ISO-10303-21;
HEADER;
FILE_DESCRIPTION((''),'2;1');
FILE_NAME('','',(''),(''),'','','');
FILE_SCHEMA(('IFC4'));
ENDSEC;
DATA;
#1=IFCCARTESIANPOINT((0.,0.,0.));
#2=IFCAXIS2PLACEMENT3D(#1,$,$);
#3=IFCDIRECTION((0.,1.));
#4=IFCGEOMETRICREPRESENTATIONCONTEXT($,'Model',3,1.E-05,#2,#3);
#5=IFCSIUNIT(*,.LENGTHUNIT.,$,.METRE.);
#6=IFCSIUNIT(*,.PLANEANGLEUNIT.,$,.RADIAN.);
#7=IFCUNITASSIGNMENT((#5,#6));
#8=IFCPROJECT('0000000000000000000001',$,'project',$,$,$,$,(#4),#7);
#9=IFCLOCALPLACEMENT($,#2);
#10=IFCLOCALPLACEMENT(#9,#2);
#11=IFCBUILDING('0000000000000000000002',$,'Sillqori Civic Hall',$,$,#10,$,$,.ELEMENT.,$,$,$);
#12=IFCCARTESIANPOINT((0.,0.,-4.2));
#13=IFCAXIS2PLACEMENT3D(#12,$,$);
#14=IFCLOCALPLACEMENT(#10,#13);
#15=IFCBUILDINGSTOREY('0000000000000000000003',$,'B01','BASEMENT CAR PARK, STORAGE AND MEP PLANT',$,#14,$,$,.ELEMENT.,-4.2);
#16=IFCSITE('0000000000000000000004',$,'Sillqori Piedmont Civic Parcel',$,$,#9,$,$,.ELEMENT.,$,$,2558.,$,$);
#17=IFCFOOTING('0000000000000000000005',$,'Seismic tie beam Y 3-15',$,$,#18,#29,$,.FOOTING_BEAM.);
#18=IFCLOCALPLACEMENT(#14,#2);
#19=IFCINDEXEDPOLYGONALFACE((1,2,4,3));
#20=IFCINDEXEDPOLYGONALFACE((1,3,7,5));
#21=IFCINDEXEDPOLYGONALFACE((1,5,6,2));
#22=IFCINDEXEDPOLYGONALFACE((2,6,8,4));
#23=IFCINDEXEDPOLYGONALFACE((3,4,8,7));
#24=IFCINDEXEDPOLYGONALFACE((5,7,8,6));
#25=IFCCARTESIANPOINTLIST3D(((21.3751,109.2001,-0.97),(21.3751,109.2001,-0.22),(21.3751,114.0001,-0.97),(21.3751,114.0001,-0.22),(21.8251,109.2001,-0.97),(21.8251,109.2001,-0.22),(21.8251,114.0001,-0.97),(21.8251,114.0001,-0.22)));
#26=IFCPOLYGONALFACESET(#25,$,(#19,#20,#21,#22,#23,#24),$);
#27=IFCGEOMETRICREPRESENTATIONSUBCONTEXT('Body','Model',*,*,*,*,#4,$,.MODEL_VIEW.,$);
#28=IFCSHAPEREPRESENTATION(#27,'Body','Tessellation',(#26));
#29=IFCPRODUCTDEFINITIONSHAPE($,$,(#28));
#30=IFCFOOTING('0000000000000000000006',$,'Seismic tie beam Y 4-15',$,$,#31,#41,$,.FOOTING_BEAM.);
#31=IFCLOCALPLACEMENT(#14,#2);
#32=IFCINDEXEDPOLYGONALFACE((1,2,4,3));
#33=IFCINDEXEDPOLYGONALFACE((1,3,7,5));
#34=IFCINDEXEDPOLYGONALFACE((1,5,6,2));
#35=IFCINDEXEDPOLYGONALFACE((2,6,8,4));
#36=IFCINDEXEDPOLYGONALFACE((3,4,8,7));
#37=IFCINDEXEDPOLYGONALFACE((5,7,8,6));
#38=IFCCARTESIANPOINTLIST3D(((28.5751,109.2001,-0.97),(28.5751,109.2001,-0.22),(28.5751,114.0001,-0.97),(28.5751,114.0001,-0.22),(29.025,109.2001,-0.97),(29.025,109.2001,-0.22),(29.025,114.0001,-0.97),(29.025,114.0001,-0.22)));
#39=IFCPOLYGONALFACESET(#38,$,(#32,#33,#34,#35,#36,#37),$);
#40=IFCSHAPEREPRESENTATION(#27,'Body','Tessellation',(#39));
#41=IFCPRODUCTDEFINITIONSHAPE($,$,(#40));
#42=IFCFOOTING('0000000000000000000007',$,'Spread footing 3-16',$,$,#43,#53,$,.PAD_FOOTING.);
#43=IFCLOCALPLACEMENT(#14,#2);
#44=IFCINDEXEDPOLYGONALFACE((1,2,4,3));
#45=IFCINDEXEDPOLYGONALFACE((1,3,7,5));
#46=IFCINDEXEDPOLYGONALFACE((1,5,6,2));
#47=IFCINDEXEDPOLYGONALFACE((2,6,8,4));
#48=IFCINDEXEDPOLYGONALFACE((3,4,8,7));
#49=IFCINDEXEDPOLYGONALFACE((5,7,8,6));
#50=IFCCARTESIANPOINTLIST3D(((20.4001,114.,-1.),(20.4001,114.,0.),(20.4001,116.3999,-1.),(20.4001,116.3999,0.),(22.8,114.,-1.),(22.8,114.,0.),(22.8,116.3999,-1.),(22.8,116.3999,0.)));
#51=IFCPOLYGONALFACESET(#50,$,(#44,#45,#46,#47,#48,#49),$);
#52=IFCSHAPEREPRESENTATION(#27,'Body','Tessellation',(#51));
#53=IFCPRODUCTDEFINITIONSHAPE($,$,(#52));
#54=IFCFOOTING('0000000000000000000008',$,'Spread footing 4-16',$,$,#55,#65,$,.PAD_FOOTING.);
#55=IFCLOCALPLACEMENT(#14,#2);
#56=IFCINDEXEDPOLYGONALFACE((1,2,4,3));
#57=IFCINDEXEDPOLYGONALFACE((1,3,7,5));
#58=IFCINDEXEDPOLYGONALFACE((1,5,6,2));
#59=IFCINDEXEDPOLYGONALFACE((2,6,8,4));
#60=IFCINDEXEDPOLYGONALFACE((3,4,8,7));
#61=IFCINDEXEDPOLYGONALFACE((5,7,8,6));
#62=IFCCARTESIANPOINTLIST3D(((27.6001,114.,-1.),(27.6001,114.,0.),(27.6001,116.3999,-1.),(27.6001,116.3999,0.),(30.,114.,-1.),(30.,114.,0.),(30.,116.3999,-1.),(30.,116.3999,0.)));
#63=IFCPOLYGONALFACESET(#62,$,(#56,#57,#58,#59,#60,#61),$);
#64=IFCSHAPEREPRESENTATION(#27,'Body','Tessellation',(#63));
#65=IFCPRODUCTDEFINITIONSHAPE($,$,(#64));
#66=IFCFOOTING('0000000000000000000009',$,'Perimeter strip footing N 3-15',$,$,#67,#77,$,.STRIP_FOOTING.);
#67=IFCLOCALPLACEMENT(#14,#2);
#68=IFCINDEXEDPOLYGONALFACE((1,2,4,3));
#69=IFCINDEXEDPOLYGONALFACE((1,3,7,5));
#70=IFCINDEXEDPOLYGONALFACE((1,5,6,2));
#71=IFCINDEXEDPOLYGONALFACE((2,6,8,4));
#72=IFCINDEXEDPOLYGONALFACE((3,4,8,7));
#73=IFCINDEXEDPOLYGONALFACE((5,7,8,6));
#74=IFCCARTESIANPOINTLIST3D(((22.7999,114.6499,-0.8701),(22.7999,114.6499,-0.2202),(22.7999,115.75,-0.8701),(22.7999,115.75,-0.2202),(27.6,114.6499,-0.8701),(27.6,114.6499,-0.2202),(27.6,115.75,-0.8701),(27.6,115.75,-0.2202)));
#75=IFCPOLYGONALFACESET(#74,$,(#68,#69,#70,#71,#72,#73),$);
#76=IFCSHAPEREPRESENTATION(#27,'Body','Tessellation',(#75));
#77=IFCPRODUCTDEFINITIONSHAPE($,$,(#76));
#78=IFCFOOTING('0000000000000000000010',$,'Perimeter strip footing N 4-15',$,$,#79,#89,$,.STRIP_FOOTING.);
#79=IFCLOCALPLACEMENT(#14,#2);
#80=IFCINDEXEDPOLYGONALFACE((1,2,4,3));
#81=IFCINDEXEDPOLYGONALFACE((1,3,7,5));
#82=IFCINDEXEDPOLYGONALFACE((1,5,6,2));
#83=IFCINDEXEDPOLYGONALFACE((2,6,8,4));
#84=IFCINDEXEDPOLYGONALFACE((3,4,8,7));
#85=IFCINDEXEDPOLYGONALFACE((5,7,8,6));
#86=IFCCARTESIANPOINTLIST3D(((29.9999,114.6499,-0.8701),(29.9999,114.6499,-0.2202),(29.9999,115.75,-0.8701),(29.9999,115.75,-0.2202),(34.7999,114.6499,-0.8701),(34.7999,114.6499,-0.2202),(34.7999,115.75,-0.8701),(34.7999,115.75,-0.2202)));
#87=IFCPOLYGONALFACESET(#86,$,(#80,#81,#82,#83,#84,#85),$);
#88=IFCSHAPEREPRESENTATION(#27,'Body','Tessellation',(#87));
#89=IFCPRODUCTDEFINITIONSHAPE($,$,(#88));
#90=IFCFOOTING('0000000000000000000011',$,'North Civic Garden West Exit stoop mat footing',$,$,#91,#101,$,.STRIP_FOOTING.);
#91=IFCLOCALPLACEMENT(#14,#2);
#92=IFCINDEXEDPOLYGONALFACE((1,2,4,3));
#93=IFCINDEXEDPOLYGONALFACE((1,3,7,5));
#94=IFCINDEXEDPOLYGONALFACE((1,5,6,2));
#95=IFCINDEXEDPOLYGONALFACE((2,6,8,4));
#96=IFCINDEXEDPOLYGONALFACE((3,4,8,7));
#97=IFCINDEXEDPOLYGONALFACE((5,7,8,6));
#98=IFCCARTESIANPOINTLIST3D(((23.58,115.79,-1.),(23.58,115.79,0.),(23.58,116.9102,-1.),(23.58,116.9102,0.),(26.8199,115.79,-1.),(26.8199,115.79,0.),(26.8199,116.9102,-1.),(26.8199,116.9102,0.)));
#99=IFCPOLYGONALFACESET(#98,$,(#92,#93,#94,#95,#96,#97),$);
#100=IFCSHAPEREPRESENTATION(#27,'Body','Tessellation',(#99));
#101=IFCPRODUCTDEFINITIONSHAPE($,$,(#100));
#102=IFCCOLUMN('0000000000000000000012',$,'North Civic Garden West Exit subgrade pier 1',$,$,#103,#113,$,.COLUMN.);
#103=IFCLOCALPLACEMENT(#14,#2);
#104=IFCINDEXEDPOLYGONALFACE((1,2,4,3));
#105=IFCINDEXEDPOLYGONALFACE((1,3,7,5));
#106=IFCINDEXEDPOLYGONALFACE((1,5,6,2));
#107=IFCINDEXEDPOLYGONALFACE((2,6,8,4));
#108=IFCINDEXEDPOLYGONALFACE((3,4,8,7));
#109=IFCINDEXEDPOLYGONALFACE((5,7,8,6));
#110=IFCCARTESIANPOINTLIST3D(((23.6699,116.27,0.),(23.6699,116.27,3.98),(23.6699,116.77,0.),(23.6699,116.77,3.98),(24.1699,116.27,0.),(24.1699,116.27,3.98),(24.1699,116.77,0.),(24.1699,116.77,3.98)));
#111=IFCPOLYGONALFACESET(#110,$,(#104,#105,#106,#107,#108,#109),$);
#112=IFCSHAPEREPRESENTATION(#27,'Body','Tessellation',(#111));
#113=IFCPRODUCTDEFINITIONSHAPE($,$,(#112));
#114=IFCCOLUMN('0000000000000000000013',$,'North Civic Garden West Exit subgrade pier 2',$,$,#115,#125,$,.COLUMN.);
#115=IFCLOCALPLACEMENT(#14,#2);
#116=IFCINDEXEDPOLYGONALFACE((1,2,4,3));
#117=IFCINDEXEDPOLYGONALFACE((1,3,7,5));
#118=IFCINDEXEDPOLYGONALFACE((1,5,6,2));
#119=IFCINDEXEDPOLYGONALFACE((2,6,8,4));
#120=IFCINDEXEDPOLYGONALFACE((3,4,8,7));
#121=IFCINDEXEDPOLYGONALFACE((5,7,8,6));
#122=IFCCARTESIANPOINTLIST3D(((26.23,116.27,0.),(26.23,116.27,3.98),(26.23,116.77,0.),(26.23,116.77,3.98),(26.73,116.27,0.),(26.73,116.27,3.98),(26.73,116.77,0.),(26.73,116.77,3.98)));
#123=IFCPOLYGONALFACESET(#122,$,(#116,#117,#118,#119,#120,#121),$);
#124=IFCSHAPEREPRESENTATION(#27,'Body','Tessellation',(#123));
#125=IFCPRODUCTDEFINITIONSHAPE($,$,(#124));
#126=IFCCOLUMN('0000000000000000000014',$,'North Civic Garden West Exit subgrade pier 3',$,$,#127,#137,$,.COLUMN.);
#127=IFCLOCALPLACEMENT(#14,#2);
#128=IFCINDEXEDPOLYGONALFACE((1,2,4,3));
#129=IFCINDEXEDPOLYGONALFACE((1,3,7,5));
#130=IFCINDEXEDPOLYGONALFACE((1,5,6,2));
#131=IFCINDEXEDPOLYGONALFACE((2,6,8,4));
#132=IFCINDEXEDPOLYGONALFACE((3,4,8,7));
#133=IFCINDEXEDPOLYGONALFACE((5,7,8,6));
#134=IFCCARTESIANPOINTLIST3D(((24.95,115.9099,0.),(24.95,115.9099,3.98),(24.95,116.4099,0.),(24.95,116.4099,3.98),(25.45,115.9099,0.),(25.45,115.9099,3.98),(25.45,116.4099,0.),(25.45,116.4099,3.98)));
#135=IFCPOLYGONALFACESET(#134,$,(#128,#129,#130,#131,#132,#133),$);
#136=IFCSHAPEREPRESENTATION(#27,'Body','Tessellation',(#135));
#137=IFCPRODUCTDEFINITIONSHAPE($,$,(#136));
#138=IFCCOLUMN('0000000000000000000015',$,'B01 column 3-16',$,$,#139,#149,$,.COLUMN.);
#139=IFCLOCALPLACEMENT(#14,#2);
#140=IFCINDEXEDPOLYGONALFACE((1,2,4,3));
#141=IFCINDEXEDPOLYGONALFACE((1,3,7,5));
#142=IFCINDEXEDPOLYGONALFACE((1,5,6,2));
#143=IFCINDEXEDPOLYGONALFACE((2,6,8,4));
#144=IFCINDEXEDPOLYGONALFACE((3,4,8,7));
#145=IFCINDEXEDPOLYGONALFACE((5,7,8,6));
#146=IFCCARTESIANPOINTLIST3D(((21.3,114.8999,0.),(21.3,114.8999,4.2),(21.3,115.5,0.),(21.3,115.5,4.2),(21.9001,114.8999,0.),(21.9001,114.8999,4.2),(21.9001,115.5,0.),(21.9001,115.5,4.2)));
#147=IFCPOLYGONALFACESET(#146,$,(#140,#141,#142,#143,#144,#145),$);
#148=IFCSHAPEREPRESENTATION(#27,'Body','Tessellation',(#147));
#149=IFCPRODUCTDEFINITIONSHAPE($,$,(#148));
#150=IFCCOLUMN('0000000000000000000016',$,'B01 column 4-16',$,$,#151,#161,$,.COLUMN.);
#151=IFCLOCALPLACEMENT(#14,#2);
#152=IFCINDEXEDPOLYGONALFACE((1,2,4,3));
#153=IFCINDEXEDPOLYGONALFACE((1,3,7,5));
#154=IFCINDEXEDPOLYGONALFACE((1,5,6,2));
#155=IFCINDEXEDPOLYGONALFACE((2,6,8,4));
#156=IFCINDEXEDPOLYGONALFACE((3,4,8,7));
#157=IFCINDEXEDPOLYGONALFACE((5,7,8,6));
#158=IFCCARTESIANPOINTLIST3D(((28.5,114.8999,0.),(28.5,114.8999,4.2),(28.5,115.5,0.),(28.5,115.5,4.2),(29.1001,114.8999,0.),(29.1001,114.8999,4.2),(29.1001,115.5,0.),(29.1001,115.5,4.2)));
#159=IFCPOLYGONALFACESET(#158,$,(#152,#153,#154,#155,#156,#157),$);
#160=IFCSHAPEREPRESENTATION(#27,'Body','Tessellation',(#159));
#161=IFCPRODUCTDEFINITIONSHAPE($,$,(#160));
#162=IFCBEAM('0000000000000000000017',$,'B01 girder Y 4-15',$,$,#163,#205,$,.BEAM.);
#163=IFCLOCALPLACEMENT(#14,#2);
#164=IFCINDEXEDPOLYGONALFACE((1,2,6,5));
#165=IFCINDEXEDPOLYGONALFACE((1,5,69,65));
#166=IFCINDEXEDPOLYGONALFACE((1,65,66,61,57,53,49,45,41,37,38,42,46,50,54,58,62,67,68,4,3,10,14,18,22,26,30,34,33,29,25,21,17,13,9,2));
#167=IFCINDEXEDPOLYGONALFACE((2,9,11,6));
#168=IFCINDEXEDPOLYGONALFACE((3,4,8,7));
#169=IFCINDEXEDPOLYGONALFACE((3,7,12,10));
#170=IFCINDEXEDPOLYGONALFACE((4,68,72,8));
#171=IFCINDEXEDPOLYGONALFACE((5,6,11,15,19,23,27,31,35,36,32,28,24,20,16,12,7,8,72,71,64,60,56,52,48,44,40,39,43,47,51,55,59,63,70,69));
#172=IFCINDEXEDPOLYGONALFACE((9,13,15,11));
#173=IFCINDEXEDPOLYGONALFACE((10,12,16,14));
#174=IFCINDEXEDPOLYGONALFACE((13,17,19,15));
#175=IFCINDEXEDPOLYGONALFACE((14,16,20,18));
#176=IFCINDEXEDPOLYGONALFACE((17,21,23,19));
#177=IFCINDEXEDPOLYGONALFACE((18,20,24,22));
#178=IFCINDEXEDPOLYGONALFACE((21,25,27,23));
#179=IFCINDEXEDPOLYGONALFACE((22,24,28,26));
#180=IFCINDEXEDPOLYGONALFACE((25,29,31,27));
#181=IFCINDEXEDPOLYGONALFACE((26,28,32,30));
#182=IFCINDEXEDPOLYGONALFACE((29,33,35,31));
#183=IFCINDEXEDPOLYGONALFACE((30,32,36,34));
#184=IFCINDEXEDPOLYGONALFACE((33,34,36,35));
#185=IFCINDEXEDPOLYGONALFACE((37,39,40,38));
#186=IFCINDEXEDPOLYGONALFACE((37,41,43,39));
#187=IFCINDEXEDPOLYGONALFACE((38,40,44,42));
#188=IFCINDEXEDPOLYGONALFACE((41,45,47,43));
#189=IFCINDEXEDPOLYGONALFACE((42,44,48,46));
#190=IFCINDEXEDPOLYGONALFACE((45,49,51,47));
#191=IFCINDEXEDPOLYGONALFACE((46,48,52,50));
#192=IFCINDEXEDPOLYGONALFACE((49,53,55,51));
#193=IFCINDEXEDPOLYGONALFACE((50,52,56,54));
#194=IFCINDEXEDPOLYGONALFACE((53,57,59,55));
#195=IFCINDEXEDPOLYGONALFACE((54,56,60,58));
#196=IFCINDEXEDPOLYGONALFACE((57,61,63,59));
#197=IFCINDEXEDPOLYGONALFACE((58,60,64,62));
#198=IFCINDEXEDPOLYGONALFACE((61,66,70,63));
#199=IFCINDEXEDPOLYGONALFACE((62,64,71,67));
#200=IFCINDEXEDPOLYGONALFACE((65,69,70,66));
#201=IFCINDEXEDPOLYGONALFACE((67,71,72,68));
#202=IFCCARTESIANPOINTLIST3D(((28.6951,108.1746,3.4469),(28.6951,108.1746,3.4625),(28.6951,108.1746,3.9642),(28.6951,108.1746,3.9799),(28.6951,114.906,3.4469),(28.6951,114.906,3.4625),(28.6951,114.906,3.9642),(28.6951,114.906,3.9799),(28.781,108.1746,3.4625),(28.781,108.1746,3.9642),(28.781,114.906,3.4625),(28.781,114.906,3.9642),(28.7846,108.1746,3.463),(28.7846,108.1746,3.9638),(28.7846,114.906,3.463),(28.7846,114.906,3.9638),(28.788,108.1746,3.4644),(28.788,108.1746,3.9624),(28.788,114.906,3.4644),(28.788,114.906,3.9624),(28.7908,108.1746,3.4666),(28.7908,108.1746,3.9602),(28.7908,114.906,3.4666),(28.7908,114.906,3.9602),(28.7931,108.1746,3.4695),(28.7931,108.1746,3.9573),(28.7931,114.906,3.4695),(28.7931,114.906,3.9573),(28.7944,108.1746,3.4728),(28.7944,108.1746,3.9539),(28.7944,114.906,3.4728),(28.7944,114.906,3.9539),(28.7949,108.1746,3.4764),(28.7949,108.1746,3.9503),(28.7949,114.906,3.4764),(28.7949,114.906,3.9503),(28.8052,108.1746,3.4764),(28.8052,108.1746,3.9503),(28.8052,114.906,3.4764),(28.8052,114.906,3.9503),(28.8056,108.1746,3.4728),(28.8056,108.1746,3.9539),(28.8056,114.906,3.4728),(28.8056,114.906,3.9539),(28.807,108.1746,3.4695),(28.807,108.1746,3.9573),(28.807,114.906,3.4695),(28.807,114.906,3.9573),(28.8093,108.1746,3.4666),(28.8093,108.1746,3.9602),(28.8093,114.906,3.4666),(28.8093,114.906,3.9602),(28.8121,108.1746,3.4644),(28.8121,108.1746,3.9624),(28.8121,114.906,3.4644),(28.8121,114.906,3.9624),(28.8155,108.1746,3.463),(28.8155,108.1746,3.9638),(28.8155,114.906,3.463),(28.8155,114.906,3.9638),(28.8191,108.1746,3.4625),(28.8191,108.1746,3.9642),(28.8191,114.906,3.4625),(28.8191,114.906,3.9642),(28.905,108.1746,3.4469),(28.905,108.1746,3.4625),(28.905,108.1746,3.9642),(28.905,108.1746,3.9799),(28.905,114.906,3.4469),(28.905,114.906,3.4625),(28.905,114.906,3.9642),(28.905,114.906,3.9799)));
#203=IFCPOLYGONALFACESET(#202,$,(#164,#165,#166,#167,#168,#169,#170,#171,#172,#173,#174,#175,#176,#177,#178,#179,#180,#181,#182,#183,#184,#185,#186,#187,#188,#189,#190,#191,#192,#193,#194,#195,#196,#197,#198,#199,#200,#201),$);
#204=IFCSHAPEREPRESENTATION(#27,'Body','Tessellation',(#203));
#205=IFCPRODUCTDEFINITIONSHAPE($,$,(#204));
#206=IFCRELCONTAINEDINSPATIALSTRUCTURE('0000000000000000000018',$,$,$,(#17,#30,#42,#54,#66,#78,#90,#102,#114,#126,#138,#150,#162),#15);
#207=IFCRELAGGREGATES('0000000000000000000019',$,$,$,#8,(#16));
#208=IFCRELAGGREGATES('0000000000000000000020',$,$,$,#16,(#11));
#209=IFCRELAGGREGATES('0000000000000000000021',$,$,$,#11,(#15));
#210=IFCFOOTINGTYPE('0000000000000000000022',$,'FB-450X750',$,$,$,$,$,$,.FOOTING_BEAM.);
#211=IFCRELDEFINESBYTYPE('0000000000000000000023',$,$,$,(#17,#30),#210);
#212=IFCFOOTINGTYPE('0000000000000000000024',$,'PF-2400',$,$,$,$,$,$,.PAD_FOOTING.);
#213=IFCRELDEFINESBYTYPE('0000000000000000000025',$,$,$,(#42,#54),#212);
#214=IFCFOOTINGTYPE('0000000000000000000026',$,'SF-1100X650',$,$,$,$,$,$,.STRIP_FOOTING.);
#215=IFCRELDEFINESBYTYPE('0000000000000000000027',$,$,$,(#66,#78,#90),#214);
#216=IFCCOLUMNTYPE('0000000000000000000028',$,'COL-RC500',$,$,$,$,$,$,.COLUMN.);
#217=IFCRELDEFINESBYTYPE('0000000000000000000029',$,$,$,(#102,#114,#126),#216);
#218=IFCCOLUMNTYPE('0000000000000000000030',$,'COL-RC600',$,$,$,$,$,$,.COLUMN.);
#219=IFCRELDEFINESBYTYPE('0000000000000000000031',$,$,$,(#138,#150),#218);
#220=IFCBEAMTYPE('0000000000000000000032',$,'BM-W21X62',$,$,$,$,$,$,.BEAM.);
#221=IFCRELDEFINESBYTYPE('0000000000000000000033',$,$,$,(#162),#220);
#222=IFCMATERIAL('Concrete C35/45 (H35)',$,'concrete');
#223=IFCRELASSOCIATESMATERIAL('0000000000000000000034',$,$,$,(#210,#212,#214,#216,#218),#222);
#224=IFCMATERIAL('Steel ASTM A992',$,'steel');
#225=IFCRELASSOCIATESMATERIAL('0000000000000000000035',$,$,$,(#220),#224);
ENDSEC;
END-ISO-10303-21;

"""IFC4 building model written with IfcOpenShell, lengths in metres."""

from ifc_helpers import new_model, si_unit, direction, frame, origin, origin_2d, place, context, subcontext, project, spatial, rectangle, i_section, extrude, material, material_profile, profile_set, type_object, element, save


model = new_model("IFC4")

# Units and contexts
model_context = context("Model", 3, precision=1e-05, world=origin(), true_north=direction((0.0, 1.0)))
body_context = subcontext(model_context, "Body", "Model", "MODEL_VIEW")
ifc_project = project(units=[si_unit("LENGTHUNIT", "METRE"), si_unit("PLANEANGLEUNIT", "RADIAN")], contexts=[model_context])

# Site, building, storey
site_placement = place(None, origin())
site = spatial("IfcSite", under=ifc_project, at=site_placement, Name="Sillqori Piedmont Civic Parcel", CompositionType="ELEMENT", RefElevation=2558.0)
building_placement = place(site_placement, origin())
building = spatial("IfcBuilding", under=site, at=building_placement, Name="Sillqori Civic Hall", CompositionType="ELEMENT")
storey_placement = place(building_placement, frame((0.0, 0.0, -4.2)))
storey = spatial("IfcBuildingStorey", under=building, at=storey_placement, Name="B01", Description="BASEMENT CAR PARK, STORAGE AND MEP PLANT", CompositionType="ELEMENT", Elevation=-4.2)

# Footings
ifc_material_1 = material(Name="Concrete C35/45 (H35)", Category="concrete")
footing_type_1 = type_object("IfcFootingType", Name="FB-450X750", PredefinedType="FOOTING_BEAM", material=ifc_material_1)
for number, where, z_axis, x_axis, name in (
    (1, (21.6001, 111.6001, -0.97), (0.0, 0.0, 1.0), (1.0, 0.0, 0.0), "Seismic tie beam Y 3-15"),
    (2, (28.8, 111.6001, -0.97), (0.0, 0.0, 1.0), (1.0, 0.0, 0.0), "Seismic tie beam Y 4-15"),
):
    element("IfcFooting", number, at=place(storey_placement, frame(where, z_axis=z_axis, x_axis=x_axis)), inside=storey, type_object=footing_type_1, Name=name, PredefinedType="FOOTING_BEAM", context=body_context, shape_type="SweptSolid", body=[
        extrude(rectangle(XDim=0.45, YDim=4.8, at=origin_2d()), origin(), (0.0, 0.0, 1.0), 0.75),
    ])
footing_type_2 = type_object("IfcFootingType", Name="PF-2400", PredefinedType="PAD_FOOTING", material=ifc_material_1)
for number, where, z_axis, x_axis, name in (
    (3, (21.6001, 115.2, -1.0), (0.0, 0.0, 1.0), (1.0, 0.0, 0.0), "Spread footing 3-16"),
    (4, (28.8, 115.2, -1.0), (0.0, 0.0, 1.0), (1.0, 0.0, 0.0), "Spread footing 4-16"),
):
    element("IfcFooting", number, at=place(storey_placement, frame(where, z_axis=z_axis, x_axis=x_axis)), inside=storey, type_object=footing_type_2, Name=name, PredefinedType="PAD_FOOTING", context=body_context, shape_type="SweptSolid", body=[
        extrude(rectangle(XDim=2.3999, YDim=2.3999, at=origin_2d()), origin(), (0.0, 0.0, 1.0), 1.0),
    ])
footing_type_3 = type_object("IfcFootingType", Name="SF-1100X650", PredefinedType="STRIP_FOOTING", material=ifc_material_1)
for number, where, z_axis, x_axis, name in (
    (5, (25.2, 115.2, -0.8701), (0.0, 0.0, 1.0), (1.0, 0.0, 0.0), "Perimeter strip footing N 3-15"),
    (6, (32.3999, 115.2, -0.8701), (0.0, 0.0, 1.0), (1.0, 0.0, 0.0), "Perimeter strip footing N 4-15"),
):
    element("IfcFooting", number, at=place(storey_placement, frame(where, z_axis=z_axis, x_axis=x_axis)), inside=storey, type_object=footing_type_3, Name=name, PredefinedType="STRIP_FOOTING", context=body_context, shape_type="SweptSolid", body=[
        extrude(rectangle(XDim=4.8, YDim=1.1001, at=origin_2d()), origin(), (0.0, 0.0, 1.0), 0.6499),
    ])
footing_placement = place(storey_placement, frame((25.2, 116.3501, -1.0), z_axis=(0.0, 0.0, 1.0), x_axis=(1.0, 0.0, 0.0)))
element("IfcFooting", 7, at=footing_placement, inside=storey, type_object=footing_type_3, Name="North Civic Garden West Exit stoop mat footing", PredefinedType="STRIP_FOOTING", context=body_context, shape_type="SweptSolid", body=[
    extrude(rectangle(XDim=3.24, YDim=1.1201, at=origin_2d()), origin(), (0.0, 0.0, 1.0), 1.0),
])

# Columns
ifc_material_profile_1 = material_profile(ifc_material_1, rectangle(XDim=0.5, YDim=0.5, at=origin_2d()), Name="RC 500x500")
ifc_profile_set_1 = profile_set([ifc_material_profile_1], Name="Concrete C35/45 (H35)")
column_type_1 = type_object("IfcColumnType", Name="COL-RC500", PredefinedType="COLUMN", material=ifc_profile_set_1)
for number, where, z_axis, x_axis, name in (
    (8, (23.9199, 116.52, 0.0), (0.0, 0.0, 1.0), (1.0, 0.0, 0.0), "North Civic Garden West Exit subgrade pier 1"),
    (9, (26.48, 116.52, 0.0), (0.0, 0.0, 1.0), (1.0, 0.0, 0.0), "North Civic Garden West Exit subgrade pier 2"),
    (10, (25.2, 116.1599, 0.0), (0.0, 0.0, 1.0), (1.0, 0.0, 0.0), "North Civic Garden West Exit subgrade pier 3"),
):
    element("IfcColumn", number, at=place(storey_placement, frame(where, z_axis=z_axis, x_axis=x_axis)), inside=storey, type_object=column_type_1, Name=name, PredefinedType="COLUMN", context=body_context, shape_type="SweptSolid", body=[
        extrude(rectangle(XDim=0.5, YDim=0.5, at=origin_2d()), origin(), (0.0, 0.0, 1.0), 3.98),
    ])
ifc_material_profile_2 = material_profile(ifc_material_1, rectangle(XDim=0.6001, YDim=0.6001, at=origin_2d()), Name="RC 600x600")
ifc_profile_set_2 = profile_set([ifc_material_profile_2], Name="Concrete C35/45 (H35)")
column_type_2 = type_object("IfcColumnType", Name="COL-RC600", PredefinedType="COLUMN", material=ifc_profile_set_2)
for number, where, z_axis, x_axis, name in (
    (11, (21.6001, 115.2, 0.0), (0.0, 0.0, 1.0), (1.0, 0.0, 0.0), "B01 column 3-16"),
    (12, (28.8, 115.2, 0.0), (0.0, 0.0, 1.0), (1.0, 0.0, 0.0), "B01 column 4-16"),
):
    element("IfcColumn", number, at=place(storey_placement, frame(where, z_axis=z_axis, x_axis=x_axis)), inside=storey, type_object=column_type_2, Name=name, PredefinedType="COLUMN", context=body_context, shape_type="SweptSolid", body=[
        extrude(rectangle(XDim=0.6001, YDim=0.6001, at=origin_2d()), origin(), (0.0, 0.0, 1.0), 4.2),
    ])

# Beam
ifc_material_2 = material(Name="Steel ASTM A992", Category="steel")
ifc_material_profile_3 = material_profile(ifc_material_2, i_section(OverallWidth=0.21, OverallDepth=0.533, WebThickness=0.0103, FlangeThickness=0.0156, FilletRadius=0.0139, at=origin_2d()), Name="W21X62")
ifc_profile_set_3 = profile_set([ifc_material_profile_3], Name="Steel ASTM A992")
beam_type_1 = type_object("IfcBeamType", Name="BM-W21X62", PredefinedType="BEAM", material=ifc_profile_set_3)
beam_placement = place(storey_placement, frame((28.8, 108.1746, 3.7134), z_axis=(0.0, 1.0, 0.0), x_axis=(-1.0, 0.0, 0.0)))
element("IfcBeam", 13, at=beam_placement, inside=storey, type_object=beam_type_1, Name="B01 girder Y 4-15", PredefinedType="BEAM", context=body_context, shape_type="SweptSolid", body=[
    extrude(i_section(OverallWidth=0.21, OverallDepth=0.533, WebThickness=0.0103, FlangeThickness=0.0156, FilletRadius=0.0139, at=origin_2d()), origin(), (0.0, 0.0, 1.0), 6.7314),
])

save(model, "model.ifc")
